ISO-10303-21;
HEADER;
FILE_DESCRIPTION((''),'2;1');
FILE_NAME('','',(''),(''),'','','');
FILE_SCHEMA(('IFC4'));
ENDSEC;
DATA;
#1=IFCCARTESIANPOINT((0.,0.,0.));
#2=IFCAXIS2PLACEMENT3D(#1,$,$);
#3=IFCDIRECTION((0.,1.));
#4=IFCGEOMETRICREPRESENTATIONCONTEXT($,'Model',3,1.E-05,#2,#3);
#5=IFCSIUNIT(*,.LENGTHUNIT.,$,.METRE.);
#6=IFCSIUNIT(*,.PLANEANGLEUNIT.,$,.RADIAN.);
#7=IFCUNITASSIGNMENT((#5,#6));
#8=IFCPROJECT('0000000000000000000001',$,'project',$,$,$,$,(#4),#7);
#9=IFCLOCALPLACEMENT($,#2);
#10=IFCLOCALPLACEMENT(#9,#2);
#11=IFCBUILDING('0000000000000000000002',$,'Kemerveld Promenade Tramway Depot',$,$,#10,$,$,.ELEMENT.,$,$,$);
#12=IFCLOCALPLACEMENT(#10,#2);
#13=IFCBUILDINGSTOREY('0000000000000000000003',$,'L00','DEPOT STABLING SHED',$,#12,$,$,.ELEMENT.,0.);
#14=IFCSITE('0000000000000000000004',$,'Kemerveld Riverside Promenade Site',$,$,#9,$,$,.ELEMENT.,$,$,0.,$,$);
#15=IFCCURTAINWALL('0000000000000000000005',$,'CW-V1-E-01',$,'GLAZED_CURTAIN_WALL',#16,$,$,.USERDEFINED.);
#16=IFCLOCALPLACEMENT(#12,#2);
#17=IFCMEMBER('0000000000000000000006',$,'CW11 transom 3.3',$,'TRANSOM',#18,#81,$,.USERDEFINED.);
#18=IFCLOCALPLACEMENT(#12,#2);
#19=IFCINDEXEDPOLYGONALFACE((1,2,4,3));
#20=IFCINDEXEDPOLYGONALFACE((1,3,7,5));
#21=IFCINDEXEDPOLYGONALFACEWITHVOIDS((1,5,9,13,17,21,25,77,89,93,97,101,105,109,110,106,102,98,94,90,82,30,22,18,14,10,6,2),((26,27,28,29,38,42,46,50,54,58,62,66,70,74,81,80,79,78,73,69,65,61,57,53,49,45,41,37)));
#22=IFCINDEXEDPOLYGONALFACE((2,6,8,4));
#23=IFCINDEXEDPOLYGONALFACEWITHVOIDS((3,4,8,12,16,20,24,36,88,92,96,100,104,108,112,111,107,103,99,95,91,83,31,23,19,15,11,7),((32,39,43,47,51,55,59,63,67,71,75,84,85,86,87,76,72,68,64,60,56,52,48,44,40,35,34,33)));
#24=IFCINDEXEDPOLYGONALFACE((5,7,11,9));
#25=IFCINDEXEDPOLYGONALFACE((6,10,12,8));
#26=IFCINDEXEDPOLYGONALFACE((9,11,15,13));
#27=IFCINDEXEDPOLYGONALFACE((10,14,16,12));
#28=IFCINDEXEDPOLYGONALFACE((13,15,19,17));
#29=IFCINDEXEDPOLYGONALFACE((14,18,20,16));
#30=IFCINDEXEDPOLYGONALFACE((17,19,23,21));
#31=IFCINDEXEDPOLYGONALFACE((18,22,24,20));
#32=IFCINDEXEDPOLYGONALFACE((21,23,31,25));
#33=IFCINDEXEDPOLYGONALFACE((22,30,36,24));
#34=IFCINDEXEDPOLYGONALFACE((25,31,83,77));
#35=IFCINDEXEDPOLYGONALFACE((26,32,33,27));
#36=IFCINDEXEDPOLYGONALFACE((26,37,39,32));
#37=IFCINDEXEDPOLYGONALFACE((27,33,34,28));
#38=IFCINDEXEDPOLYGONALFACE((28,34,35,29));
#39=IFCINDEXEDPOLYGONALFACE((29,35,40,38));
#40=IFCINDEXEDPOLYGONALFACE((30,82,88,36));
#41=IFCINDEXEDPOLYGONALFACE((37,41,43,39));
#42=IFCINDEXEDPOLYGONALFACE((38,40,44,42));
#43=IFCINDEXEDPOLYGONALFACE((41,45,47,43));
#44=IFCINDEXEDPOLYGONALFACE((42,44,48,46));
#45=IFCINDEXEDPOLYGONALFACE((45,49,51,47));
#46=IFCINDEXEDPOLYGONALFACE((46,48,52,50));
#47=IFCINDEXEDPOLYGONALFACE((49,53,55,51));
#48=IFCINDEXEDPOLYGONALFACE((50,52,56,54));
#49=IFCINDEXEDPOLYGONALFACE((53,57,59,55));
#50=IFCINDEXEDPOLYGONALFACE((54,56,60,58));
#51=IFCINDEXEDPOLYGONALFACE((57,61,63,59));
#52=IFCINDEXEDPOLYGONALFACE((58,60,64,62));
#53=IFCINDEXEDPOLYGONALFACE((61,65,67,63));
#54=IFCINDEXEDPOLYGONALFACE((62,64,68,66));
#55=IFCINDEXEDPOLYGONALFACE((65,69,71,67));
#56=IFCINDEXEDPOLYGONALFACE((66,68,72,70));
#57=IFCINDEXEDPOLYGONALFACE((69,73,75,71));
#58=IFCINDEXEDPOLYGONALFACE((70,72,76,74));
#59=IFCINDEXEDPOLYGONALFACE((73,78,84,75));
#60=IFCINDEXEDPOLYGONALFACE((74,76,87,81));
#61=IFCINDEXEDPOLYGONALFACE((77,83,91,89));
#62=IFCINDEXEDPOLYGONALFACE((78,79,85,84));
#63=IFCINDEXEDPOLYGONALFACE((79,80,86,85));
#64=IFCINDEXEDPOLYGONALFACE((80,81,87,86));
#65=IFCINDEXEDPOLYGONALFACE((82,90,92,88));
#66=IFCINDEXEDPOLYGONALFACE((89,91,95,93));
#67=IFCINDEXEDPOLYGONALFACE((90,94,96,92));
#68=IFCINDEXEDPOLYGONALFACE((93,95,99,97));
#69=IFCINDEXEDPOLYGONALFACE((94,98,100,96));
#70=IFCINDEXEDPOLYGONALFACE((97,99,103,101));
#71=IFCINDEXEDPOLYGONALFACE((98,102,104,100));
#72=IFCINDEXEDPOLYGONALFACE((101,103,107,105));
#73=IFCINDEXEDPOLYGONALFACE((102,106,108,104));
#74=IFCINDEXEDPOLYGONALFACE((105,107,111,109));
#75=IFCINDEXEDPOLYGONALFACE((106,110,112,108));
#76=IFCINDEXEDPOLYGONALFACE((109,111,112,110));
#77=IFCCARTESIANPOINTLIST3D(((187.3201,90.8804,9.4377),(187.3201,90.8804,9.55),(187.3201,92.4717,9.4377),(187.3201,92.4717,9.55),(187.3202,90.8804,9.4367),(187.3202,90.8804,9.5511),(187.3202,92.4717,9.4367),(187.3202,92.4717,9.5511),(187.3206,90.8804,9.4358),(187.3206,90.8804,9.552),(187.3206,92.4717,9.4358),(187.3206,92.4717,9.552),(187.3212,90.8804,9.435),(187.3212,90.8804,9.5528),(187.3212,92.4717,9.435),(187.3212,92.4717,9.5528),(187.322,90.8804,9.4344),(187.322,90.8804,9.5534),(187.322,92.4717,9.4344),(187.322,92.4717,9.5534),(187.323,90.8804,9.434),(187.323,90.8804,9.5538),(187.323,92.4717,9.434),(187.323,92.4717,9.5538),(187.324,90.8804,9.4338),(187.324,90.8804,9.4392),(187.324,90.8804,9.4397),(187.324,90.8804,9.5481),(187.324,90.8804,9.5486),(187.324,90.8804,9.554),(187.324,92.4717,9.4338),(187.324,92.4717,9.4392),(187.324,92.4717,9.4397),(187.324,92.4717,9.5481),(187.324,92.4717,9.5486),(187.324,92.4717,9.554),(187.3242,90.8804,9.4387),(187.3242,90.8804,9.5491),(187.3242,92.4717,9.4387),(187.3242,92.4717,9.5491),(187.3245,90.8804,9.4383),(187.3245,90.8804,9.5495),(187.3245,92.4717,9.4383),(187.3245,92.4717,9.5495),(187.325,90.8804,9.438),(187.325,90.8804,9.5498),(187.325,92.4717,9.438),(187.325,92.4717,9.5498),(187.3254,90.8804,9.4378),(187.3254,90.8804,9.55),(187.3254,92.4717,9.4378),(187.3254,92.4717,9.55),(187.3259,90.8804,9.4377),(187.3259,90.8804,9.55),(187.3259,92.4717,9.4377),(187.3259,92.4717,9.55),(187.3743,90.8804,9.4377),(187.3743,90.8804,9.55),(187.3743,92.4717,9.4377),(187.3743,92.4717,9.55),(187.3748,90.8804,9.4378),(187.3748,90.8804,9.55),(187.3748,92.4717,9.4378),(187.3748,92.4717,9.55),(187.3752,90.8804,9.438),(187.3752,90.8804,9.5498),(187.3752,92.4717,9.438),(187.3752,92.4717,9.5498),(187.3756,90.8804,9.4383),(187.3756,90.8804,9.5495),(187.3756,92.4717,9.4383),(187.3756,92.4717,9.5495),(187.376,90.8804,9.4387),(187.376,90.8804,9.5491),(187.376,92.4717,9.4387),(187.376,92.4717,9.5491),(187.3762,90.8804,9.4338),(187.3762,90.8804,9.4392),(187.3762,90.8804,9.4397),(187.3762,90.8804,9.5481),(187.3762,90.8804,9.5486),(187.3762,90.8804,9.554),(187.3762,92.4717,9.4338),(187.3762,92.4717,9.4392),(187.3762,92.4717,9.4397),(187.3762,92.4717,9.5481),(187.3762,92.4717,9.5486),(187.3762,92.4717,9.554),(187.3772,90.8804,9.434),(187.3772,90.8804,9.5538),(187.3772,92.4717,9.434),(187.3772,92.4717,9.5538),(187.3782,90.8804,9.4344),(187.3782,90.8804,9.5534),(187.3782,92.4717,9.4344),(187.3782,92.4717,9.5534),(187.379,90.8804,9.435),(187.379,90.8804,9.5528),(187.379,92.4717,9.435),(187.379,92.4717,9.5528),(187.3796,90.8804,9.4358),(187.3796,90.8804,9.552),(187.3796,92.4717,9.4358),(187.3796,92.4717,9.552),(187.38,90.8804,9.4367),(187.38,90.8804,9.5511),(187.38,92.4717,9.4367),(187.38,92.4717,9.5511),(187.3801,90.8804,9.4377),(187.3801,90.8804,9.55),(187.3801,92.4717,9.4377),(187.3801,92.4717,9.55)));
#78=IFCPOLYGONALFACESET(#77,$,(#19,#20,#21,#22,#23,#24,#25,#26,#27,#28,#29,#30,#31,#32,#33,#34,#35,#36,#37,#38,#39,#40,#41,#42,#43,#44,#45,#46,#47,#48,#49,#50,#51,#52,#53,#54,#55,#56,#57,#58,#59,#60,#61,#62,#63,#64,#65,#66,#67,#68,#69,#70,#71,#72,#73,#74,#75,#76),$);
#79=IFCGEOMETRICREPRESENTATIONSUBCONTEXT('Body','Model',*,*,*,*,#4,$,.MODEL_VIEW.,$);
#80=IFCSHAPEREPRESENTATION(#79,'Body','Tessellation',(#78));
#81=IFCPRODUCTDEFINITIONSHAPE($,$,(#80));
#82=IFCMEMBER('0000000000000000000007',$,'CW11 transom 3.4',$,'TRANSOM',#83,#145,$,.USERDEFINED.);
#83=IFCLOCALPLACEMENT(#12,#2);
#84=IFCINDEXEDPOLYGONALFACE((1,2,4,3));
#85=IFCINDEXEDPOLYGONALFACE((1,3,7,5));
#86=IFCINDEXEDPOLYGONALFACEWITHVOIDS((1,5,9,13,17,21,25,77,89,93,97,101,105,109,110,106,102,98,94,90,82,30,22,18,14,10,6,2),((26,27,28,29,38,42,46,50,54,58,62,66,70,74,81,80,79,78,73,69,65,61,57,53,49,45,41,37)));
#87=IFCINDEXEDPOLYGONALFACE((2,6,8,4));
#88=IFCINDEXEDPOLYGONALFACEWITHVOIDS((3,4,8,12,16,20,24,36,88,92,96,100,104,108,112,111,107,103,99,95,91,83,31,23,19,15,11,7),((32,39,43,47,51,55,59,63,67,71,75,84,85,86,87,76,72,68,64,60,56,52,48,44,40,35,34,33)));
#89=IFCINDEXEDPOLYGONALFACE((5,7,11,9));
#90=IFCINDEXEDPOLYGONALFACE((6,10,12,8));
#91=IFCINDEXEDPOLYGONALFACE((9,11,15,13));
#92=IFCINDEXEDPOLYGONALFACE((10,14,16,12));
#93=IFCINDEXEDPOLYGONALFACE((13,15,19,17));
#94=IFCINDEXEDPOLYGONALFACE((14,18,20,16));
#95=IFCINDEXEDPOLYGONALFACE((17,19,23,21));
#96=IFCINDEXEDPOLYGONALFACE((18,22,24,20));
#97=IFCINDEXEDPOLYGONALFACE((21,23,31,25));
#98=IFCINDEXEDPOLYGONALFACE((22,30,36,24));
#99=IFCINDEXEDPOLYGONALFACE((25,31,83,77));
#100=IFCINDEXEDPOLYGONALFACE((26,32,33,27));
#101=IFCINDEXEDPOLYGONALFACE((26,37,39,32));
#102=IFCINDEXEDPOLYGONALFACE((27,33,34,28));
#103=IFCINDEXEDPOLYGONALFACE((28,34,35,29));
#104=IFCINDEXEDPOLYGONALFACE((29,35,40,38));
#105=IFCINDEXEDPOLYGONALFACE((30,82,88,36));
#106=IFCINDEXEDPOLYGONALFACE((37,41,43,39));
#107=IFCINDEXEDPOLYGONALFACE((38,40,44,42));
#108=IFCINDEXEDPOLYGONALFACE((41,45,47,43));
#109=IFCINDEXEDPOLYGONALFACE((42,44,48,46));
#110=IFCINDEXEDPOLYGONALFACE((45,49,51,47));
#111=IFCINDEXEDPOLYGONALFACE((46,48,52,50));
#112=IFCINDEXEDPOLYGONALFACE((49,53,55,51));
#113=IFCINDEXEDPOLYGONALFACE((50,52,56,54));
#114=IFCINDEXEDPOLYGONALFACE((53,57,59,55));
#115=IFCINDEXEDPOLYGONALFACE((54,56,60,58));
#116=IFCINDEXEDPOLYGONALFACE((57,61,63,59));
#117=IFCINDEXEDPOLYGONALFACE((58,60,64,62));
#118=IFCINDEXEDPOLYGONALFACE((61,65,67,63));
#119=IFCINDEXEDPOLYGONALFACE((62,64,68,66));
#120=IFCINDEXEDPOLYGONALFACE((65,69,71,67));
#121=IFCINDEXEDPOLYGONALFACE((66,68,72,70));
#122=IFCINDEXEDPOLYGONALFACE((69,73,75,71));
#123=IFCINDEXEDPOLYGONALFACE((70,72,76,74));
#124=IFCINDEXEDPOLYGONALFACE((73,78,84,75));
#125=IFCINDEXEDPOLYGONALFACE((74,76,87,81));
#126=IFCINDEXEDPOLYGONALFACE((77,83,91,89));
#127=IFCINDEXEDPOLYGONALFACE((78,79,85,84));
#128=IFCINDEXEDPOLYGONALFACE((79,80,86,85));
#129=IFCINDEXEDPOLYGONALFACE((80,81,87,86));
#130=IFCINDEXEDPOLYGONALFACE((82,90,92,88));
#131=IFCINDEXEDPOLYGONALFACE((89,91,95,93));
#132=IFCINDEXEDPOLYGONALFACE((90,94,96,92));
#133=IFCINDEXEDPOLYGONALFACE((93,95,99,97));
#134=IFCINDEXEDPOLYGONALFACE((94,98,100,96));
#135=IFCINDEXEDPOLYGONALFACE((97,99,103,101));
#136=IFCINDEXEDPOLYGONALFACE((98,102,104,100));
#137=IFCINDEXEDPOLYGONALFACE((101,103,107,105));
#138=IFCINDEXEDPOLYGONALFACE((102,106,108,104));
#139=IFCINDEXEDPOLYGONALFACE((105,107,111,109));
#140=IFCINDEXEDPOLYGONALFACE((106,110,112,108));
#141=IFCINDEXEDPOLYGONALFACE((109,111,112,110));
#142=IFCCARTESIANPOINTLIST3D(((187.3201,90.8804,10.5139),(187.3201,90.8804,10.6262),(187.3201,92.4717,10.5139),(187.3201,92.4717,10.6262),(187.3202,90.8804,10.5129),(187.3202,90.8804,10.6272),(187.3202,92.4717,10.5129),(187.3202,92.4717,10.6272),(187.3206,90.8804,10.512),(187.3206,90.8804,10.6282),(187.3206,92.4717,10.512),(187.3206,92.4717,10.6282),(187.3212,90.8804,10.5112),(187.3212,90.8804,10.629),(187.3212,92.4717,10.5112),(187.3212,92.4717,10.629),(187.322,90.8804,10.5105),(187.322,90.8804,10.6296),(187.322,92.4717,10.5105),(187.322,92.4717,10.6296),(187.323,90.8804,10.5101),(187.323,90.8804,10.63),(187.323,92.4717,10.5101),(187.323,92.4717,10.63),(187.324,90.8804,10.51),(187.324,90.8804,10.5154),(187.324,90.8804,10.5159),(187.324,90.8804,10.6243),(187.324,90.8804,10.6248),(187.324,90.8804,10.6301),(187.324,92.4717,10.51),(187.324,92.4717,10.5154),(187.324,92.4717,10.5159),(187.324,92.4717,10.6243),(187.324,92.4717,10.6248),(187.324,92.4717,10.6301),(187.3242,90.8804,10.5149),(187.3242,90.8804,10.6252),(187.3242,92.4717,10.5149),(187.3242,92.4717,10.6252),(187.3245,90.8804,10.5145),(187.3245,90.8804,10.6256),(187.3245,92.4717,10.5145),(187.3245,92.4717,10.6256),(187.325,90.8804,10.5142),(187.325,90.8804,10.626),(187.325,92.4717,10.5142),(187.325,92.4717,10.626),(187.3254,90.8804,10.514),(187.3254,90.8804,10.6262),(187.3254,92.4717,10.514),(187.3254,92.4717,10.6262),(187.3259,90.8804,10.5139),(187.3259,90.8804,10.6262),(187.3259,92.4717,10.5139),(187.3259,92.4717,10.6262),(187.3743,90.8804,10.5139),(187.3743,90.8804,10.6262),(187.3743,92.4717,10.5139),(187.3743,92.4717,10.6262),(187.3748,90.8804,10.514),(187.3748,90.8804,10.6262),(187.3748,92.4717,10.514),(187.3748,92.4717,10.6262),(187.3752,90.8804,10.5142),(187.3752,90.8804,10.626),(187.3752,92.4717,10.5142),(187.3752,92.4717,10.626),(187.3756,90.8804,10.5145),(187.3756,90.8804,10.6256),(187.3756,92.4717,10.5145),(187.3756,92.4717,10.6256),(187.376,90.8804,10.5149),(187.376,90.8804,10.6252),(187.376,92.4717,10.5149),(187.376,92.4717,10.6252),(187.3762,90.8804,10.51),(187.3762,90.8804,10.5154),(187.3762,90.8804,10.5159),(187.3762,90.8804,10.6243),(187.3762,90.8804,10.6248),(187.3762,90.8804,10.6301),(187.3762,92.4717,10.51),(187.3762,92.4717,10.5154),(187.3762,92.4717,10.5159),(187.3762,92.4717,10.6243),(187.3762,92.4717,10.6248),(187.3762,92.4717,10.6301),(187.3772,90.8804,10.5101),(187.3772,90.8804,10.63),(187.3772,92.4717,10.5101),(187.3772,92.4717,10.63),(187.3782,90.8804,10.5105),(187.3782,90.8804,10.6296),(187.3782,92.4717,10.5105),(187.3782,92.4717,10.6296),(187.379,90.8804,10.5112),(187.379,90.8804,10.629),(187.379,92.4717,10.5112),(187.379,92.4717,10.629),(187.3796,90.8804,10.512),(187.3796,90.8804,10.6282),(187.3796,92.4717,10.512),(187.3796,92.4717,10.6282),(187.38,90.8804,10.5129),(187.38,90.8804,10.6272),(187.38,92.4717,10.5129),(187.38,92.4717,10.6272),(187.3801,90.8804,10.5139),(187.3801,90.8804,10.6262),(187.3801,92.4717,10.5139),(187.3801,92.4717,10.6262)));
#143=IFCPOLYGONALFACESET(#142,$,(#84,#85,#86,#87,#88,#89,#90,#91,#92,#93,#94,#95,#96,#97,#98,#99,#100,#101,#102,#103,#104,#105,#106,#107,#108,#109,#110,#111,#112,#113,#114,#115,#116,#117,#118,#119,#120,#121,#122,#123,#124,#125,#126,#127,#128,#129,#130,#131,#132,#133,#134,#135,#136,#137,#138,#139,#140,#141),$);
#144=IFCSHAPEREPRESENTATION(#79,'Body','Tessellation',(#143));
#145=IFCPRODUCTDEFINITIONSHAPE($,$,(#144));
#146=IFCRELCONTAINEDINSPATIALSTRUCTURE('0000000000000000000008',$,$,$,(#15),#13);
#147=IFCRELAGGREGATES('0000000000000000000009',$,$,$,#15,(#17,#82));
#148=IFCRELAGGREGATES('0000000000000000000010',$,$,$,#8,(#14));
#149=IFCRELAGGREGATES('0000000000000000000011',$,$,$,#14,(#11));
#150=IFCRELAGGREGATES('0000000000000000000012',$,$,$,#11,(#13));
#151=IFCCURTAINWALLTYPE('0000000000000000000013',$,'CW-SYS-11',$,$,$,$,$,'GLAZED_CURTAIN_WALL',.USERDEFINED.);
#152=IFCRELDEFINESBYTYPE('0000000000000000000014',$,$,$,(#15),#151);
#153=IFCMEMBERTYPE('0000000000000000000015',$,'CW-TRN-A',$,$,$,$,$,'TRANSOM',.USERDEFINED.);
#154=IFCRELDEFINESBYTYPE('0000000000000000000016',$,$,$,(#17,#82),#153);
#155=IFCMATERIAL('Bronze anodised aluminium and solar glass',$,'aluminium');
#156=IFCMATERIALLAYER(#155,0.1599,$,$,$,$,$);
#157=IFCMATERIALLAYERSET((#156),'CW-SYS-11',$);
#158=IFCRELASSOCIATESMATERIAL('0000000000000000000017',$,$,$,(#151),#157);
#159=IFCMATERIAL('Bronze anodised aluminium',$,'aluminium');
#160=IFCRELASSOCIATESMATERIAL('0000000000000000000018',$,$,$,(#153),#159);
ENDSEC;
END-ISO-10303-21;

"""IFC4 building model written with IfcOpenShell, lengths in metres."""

from ifc_helpers import new_model, si_unit, direction, frame, origin, origin_2d, place, context, subcontext, project, spatial, hollow_rectangle, extrude, material, layer, layer_set, material_profile, profile_set, type_object, element, aggregate, save


model = new_model("IFC4")

# Units and contexts
model_context = context("Model", 3, precision=1e-05, world=origin(), true_north=direction((0.0, 1.0)))
body_context = subcontext(model_context, "Body", "Model", "MODEL_VIEW")
ifc_project = project(units=[si_unit("LENGTHUNIT", "METRE"), si_unit("PLANEANGLEUNIT", "RADIAN")], contexts=[model_context])

# Site, building, storey
site_placement = place(None, origin())
site = spatial("IfcSite", under=ifc_project, at=site_placement, Name="Kemerveld Riverside Promenade Site", CompositionType="ELEMENT", RefElevation=0.0)
building_placement = place(site_placement, origin())
building = spatial("IfcBuilding", under=site, at=building_placement, Name="Kemerveld Promenade Tramway Depot", CompositionType="ELEMENT")
storey_placement = place(building_placement, origin())
storey = spatial("IfcBuildingStorey", under=building, at=storey_placement, Name="L00", Description="DEPOT STABLING SHED", CompositionType="ELEMENT", Elevation=0.0)

# Curtain wall, members
ifc_material_1 = material(Name="Bronze anodised aluminium and solar glass", Category="aluminium")
ifc_layer_1 = layer(ifc_material_1, 0.1599)
ifc_layer_set_1 = layer_set([ifc_layer_1], Name="CW-SYS-11")
curtain_wall_type = type_object("IfcCurtainWallType", Name="CW-SYS-11", ElementType="GLAZED_CURTAIN_WALL", PredefinedType="USERDEFINED", material=ifc_layer_set_1)
curtain_wall_placement = place(storey_placement, origin())
curtain_wall = element("IfcCurtainWall", 1, at=curtain_wall_placement, inside=storey, type_object=curtain_wall_type, Name="CW-V1-E-01", ObjectType="GLAZED_CURTAIN_WALL", PredefinedType="USERDEFINED")
ifc_material_2 = material(Name="Bronze anodised aluminium", Category="aluminium")
ifc_material_profile_1 = material_profile(ifc_material_2, hollow_rectangle(XDim=0.0601, YDim=0.1201, WallThickness=0.0039, InnerFilletRadius=0.002, OuterFilletRadius=0.0039, at=origin_2d()), Name="CW-TRN-120x60")
ifc_profile_set_1 = profile_set([ifc_material_profile_1], Name="Bronze anodised aluminium")
member_type_1 = type_object("IfcMemberType", Name="CW-TRN-A", ElementType="TRANSOM", PredefinedType="USERDEFINED", material=ifc_profile_set_1)
member_1_placement = place(storey_placement, frame((187.3501, 92.4717, 9.4939), z_axis=(0.0, -1.0, 0.0), x_axis=(1.0, 0.0, 0.0)))
member_1 = element("IfcMember", 2, at=member_1_placement, type_object=member_type_1, Name="CW11 transom 3.3", ObjectType="TRANSOM", PredefinedType="USERDEFINED", context=body_context, shape_type="SweptSolid", body=[
    extrude(hollow_rectangle(XDim=0.0601, YDim=0.1201, WallThickness=0.0039, InnerFilletRadius=0.002, OuterFilletRadius=0.0039, at=origin_2d()), origin(), (0.0, 0.0, 1.0), 1.5913),
])
member_2_placement = place(storey_placement, frame((187.3501, 92.4717, 10.5701), z_axis=(0.0, -1.0, 0.0), x_axis=(1.0, 0.0, 0.0)))
member_2 = element("IfcMember", 3, at=member_2_placement, type_object=member_type_1, Name="CW11 transom 3.4", ObjectType="TRANSOM", PredefinedType="USERDEFINED", context=body_context, shape_type="SweptSolid", body=[
    extrude(hollow_rectangle(XDim=0.0601, YDim=0.1201, WallThickness=0.0039, InnerFilletRadius=0.002, OuterFilletRadius=0.0039, at=origin_2d()), origin(), (0.0, 0.0, 1.0), 1.5913),
])

aggregate(curtain_wall, [member_1, member_2])

save(model, "model.ifc")
